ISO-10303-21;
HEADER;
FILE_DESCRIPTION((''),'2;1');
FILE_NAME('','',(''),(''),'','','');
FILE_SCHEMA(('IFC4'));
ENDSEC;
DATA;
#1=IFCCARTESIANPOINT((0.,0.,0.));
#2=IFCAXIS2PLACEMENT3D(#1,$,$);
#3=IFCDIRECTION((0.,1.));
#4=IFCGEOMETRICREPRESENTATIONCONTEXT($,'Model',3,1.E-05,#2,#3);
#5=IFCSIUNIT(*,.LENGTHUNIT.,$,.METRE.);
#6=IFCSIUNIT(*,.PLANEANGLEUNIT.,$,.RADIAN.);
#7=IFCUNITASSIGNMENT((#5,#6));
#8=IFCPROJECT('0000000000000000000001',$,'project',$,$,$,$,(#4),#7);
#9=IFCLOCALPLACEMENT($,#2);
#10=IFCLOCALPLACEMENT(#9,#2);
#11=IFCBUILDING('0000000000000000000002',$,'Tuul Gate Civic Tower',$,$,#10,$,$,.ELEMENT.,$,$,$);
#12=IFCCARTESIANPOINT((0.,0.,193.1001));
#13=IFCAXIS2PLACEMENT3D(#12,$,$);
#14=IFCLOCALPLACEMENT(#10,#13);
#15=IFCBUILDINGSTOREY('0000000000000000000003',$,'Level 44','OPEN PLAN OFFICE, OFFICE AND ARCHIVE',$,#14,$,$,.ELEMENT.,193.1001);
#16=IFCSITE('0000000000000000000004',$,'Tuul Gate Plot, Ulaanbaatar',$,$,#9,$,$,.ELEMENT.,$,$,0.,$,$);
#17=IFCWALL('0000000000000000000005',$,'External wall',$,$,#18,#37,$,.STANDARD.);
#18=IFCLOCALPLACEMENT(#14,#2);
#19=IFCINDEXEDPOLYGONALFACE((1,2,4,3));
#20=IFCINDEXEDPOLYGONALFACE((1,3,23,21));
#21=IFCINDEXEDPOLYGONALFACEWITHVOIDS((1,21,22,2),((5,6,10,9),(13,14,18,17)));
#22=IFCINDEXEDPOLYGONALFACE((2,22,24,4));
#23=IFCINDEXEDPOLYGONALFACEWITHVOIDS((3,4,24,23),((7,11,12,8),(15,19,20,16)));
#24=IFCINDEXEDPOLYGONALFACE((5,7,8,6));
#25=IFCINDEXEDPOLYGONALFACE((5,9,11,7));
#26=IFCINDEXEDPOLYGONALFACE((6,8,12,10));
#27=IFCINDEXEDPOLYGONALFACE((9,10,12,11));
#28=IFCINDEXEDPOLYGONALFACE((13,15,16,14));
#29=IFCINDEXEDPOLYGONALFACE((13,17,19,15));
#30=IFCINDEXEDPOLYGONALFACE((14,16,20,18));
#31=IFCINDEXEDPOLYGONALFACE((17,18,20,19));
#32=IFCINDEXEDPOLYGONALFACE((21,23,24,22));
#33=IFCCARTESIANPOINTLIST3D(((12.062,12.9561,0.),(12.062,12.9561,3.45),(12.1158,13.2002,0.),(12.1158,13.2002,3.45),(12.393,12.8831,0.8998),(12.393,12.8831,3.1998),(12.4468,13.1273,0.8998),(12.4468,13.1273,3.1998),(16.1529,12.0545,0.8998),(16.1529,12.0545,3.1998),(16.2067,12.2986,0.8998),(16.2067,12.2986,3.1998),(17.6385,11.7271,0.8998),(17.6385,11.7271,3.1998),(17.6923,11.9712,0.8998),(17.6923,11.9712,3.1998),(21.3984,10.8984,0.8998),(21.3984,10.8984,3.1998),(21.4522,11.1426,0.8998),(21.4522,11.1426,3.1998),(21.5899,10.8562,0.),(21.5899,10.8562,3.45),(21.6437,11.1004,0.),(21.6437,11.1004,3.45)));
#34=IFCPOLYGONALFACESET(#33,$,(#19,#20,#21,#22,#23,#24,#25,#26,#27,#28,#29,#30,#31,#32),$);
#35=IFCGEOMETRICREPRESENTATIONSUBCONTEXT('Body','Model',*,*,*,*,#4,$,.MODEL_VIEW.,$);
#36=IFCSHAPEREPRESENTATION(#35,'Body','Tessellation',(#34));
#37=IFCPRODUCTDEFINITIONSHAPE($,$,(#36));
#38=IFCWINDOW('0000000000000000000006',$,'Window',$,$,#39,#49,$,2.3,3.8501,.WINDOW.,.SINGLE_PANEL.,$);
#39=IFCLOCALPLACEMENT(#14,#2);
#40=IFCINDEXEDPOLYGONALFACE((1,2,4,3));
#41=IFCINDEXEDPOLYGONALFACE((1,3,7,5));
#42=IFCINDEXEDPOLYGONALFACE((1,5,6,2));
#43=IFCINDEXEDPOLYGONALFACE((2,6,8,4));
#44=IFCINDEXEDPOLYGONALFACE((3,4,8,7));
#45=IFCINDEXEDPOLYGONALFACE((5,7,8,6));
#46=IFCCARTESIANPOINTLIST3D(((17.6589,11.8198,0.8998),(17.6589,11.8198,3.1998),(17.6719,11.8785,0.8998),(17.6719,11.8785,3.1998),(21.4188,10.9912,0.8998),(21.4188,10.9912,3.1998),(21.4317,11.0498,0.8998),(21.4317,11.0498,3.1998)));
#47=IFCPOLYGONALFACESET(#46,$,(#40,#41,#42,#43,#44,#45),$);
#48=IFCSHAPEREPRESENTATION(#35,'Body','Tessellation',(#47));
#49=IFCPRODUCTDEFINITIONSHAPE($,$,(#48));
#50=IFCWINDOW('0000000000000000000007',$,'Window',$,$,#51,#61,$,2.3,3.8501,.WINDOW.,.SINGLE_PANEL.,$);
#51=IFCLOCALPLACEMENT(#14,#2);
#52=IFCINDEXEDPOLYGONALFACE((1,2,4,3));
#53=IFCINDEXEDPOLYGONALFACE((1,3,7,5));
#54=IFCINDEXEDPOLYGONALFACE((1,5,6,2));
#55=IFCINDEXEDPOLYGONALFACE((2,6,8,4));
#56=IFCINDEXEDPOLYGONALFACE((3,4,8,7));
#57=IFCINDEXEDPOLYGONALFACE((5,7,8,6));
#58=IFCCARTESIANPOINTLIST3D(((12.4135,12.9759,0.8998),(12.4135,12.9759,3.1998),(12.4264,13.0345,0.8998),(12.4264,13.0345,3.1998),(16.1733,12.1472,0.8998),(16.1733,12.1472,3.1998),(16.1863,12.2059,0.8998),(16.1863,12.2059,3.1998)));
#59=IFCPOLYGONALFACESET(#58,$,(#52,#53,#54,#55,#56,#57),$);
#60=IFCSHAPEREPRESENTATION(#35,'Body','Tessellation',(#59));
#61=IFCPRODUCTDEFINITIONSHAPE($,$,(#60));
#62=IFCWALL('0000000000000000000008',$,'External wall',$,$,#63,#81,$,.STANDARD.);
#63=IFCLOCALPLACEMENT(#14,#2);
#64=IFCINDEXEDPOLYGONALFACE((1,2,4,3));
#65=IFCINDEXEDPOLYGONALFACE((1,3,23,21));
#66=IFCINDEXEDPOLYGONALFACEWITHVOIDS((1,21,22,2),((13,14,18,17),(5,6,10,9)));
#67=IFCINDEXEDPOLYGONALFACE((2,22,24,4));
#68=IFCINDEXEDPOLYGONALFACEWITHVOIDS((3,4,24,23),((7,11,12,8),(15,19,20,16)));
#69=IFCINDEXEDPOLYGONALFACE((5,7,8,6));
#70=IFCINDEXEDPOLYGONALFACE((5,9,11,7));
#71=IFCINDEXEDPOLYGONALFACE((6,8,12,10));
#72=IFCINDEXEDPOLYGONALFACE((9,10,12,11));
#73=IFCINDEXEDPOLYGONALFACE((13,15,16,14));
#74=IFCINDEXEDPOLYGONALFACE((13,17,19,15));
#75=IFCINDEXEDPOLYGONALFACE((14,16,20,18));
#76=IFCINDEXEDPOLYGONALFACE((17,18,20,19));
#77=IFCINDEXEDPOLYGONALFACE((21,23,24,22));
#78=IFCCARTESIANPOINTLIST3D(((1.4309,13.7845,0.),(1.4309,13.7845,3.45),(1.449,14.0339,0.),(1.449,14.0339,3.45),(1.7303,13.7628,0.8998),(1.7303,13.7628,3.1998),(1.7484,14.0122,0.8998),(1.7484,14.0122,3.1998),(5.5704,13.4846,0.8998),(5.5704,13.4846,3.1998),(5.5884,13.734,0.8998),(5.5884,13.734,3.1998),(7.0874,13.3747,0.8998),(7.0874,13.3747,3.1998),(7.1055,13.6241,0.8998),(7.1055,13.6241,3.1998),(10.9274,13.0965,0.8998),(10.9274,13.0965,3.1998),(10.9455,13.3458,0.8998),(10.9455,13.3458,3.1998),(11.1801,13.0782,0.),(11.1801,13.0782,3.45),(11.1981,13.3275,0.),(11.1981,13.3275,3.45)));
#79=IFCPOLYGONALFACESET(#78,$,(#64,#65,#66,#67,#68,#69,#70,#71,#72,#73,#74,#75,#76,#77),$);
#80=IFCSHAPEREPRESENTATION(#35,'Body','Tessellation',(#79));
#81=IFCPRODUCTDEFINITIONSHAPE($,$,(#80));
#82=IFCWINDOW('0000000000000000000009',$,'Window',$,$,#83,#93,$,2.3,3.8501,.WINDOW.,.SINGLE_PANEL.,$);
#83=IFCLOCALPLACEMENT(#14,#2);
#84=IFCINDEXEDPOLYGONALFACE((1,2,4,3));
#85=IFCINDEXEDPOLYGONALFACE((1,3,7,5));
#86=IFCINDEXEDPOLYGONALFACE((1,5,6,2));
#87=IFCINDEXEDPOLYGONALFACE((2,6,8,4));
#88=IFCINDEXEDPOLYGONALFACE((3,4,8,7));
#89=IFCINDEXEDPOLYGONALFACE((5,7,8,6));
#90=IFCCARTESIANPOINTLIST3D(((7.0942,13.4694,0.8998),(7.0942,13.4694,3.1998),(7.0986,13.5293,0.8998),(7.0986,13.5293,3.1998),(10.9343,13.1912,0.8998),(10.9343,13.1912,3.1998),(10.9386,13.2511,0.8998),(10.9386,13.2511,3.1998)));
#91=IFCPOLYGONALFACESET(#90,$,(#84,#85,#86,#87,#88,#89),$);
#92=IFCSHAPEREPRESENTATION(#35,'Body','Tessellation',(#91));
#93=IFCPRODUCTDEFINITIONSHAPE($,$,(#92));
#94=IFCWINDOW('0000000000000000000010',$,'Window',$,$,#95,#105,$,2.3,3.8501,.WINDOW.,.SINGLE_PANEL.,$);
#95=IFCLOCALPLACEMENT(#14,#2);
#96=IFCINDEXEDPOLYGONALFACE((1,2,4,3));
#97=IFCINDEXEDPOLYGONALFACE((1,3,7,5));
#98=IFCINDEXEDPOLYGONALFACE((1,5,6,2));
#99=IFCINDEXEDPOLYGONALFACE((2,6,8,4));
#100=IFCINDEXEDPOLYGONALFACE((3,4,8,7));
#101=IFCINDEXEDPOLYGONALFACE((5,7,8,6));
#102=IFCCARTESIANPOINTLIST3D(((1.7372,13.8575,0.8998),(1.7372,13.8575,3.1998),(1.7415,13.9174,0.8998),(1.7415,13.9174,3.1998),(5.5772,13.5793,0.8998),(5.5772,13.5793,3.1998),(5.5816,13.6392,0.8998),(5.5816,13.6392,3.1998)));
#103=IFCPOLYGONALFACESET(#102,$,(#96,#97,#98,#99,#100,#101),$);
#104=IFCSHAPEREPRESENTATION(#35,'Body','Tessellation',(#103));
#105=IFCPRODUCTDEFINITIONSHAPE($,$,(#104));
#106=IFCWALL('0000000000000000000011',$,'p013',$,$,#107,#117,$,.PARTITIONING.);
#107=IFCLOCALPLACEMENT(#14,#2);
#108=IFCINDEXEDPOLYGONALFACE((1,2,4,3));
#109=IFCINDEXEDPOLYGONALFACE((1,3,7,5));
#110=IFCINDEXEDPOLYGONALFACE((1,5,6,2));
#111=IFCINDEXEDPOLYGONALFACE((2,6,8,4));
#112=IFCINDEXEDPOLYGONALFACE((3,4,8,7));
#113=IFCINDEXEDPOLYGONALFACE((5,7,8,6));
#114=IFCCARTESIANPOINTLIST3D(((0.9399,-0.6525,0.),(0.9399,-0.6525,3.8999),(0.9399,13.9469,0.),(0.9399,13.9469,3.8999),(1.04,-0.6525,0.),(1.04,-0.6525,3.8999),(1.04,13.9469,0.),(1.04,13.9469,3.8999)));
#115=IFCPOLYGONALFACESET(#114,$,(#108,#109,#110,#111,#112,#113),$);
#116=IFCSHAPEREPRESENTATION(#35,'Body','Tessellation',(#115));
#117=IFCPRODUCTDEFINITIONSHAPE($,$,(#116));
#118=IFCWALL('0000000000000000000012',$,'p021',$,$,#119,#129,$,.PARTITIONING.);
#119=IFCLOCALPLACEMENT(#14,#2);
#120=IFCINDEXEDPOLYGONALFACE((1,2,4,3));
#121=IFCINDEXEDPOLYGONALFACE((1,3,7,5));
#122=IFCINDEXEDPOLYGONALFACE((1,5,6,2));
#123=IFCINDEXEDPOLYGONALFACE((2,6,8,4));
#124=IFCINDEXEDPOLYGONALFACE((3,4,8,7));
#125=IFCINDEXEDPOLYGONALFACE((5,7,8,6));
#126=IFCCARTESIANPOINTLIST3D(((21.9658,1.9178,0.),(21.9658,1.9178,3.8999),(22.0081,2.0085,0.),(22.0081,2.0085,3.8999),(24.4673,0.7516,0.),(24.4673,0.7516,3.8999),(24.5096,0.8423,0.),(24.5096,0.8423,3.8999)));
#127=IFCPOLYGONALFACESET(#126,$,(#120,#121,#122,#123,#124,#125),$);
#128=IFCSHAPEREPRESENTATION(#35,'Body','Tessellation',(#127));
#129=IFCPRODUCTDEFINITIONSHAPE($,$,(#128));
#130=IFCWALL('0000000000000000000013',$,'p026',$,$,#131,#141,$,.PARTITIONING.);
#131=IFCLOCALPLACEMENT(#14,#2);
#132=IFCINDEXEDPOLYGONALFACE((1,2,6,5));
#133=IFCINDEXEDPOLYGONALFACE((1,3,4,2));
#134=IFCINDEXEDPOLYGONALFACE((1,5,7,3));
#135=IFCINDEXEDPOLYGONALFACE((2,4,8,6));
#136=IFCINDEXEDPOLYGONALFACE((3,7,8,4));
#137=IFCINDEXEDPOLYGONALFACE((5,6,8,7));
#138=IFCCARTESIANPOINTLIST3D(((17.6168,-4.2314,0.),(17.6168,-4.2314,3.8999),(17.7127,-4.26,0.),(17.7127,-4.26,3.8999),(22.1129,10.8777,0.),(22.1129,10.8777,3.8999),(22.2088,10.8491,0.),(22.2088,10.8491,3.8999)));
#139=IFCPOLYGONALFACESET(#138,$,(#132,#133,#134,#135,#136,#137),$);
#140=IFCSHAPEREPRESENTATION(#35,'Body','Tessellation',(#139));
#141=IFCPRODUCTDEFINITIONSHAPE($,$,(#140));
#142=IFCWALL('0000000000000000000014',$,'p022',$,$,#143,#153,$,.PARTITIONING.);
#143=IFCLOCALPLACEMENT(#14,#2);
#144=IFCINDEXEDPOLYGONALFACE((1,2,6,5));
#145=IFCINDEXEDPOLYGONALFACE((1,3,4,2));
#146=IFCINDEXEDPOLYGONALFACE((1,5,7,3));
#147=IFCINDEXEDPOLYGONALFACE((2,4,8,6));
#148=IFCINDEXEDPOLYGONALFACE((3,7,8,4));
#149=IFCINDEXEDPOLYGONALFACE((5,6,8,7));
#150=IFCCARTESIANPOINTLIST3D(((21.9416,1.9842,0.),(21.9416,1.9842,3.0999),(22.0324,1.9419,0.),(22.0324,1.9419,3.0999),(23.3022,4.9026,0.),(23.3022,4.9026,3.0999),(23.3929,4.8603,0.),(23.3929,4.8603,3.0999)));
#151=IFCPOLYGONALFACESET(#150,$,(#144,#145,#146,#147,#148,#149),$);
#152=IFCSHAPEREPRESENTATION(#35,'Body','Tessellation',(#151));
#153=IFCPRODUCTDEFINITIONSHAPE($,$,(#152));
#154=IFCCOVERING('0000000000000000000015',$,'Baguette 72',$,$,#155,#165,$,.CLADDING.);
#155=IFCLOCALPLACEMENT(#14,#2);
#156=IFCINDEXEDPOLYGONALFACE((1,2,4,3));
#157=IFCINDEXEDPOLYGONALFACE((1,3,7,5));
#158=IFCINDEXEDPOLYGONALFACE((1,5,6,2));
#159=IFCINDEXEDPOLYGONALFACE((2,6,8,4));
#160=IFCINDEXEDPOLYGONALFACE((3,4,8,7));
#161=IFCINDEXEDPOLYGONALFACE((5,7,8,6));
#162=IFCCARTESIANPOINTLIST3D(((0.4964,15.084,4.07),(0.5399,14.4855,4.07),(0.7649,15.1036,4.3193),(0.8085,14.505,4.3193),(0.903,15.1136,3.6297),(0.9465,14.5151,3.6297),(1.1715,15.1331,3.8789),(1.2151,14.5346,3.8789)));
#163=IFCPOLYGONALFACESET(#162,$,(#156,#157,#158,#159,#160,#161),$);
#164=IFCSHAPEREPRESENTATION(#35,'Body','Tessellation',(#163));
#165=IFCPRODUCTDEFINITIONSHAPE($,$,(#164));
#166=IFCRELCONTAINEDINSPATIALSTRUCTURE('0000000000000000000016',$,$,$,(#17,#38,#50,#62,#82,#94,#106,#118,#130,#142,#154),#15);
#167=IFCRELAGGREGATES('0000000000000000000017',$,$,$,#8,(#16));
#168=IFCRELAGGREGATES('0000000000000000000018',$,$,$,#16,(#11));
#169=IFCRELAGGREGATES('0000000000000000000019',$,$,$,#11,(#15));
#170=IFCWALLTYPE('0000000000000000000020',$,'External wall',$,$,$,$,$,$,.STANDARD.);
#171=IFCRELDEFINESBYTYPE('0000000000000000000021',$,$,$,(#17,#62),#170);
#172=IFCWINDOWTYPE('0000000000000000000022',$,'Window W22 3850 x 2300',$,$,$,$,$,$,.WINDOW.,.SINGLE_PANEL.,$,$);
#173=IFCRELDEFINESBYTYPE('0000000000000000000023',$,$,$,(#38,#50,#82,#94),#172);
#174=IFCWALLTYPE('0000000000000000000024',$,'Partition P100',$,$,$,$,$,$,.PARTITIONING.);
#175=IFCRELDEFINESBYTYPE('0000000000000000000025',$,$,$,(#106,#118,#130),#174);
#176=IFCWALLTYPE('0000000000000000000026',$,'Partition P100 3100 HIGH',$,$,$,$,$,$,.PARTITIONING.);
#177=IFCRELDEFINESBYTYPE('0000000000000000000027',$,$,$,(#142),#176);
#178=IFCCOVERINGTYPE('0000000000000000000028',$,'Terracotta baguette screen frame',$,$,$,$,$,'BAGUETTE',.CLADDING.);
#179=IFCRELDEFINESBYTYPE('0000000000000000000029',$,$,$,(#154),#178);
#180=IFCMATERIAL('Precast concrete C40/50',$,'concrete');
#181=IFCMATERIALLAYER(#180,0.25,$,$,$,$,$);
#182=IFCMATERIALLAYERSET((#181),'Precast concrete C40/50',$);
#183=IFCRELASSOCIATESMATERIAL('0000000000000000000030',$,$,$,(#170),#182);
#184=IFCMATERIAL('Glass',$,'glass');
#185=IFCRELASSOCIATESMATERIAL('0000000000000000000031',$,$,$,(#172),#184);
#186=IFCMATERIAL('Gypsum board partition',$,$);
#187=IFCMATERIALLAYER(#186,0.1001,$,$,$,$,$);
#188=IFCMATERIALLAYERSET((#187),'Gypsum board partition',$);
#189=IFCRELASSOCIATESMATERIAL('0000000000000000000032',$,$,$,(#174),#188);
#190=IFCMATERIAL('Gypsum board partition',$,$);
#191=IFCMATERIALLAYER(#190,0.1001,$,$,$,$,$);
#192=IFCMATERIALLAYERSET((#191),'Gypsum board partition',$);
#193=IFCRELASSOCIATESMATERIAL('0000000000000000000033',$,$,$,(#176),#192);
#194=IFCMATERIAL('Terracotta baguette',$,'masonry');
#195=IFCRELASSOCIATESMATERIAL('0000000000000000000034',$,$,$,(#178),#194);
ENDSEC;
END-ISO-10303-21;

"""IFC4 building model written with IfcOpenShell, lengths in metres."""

from ifc_helpers import new_model, si_unit, direction, frame, frame_2d, origin, origin_2d, place, context, subcontext, project, spatial, rectangle, extrude, material, layer, layer_set, material_profile, profile_set, type_object, element, fill, save


model = new_model("IFC4")

# Units and contexts
model_context = context("Model", 3, precision=1e-05, world=origin(), true_north=direction((0.0, 1.0)))
body_context = subcontext(model_context, "Body", "Model", "MODEL_VIEW")
ifc_project = project(units=[si_unit("LENGTHUNIT", "METRE"), si_unit("PLANEANGLEUNIT", "RADIAN")], contexts=[model_context])

# Site, building, storey
site_placement = place(None, origin())
site = spatial("IfcSite", under=ifc_project, at=site_placement, Name="Tuul Gate Plot, Ulaanbaatar", CompositionType="ELEMENT", RefElevation=0.0)
building_placement = place(site_placement, origin())
building = spatial("IfcBuilding", under=site, at=building_placement, Name="Tuul Gate Civic Tower", CompositionType="ELEMENT")
storey_placement = place(building_placement, frame((0.0, 0.0, 193.1001)))
storey = spatial("IfcBuildingStorey", under=building, at=storey_placement, Name="Level 44", Description="OPEN PLAN OFFICE, OFFICE AND ARCHIVE", CompositionType="ELEMENT", Elevation=193.1001)

# Walls, openings, windows
ifc_material_1 = material(Name="Precast concrete C40/50", Category="concrete")
ifc_layer_1 = layer(ifc_material_1, 0.25)
ifc_layer_set_1 = layer_set([ifc_layer_1], Name="Precast concrete C40/50")
wall_type_1 = type_object("IfcWallType", Name="External wall", PredefinedType="STANDARD", material=ifc_layer_set_1)
wall_1_placement = place(storey_placement, frame((21.6169, 10.9783, 0.0), z_axis=(0.0, 0.0, 1.0), x_axis=(-0.976564, 0.215226, 0.0)))
wall_1 = element("IfcWall", 1, at=wall_1_placement, inside=storey, type_object=wall_type_1, Name="External wall", PredefinedType="STANDARD", context=body_context, shape_type="SweptSolid", body=[
    extrude(rectangle(XDim=9.7566, YDim=0.25, at=frame_2d((4.8784, 0.0))), origin(), (0.0, 0.0, 1.0), 3.45),
])
opening_1_placement = place(wall_1_placement, frame((0.1963, 0.0, 0.8999)))
opening_1 = element("IfcOpeningElement", 2, at=opening_1_placement, cuts=wall_1, PredefinedType="OPENING", context=body_context, shape_type="SweptSolid", body=[
    extrude(rectangle(XDim=3.8501, YDim=2.3, at=frame_2d((1.925, 1.1499))), frame((0.0, 0.135, 0.0), z_axis=(0.0, -1.0, 0.0), x_axis=(1.0, 0.0, 0.0)), (0.0, 0.0, 1.0), 0.27),
])
opening_2_placement = place(wall_1_placement, frame((5.5676, 0.0, 0.8999)))
opening_2 = element("IfcOpeningElement", 3, at=opening_2_placement, cuts=wall_1, PredefinedType="OPENING", context=body_context, shape_type="SweptSolid", body=[
    extrude(rectangle(XDim=3.8501, YDim=2.3, at=frame_2d((1.925, 1.1499))), frame((0.0, 0.135, 0.0), z_axis=(0.0, -1.0, 0.0), x_axis=(1.0, 0.0, 0.0)), (0.0, 0.0, 1.0), 0.27),
])
ifc_material_2 = material(Name="Glass", Category="glass")
window_type = type_object("IfcWindowType", Name="Window W22 3850 x 2300", PartitioningType="SINGLE_PANEL", PredefinedType="WINDOW", material=ifc_material_2)
window_1_placement = place(opening_1_placement, origin())
window_1 = element("IfcWindow", 4, at=window_1_placement, inside=storey, type_object=window_type, Name="Window", OverallHeight=2.3, OverallWidth=3.8501, PartitioningType="SINGLE_PANEL", PredefinedType="WINDOW", context=body_context, shape_type="SweptSolid", body=[
    extrude(rectangle(XDim=3.8501, YDim=2.3, at=frame_2d((1.925, 1.1499))), frame((0.0, 0.03, 0.0), z_axis=(0.0, -1.0, 0.0), x_axis=(1.0, 0.0, 0.0)), (0.0, 0.0, 1.0), 0.0601),
])
fill(opening_1, window_1)
window_2_placement = place(opening_2_placement, origin())
window_2 = element("IfcWindow", 5, at=window_2_placement, inside=storey, type_object=window_type, Name="Window", OverallHeight=2.3, OverallWidth=3.8501, PartitioningType="SINGLE_PANEL", PredefinedType="WINDOW", context=body_context, shape_type="SweptSolid", body=[
    extrude(rectangle(XDim=3.8501, YDim=2.3, at=frame_2d((1.925, 1.1499))), frame((0.0, 0.03, 0.0), z_axis=(0.0, -1.0, 0.0), x_axis=(1.0, 0.0, 0.0)), (0.0, 0.0, 1.0), 0.0601),
])
fill(opening_2, window_2)
wall_2_placement = place(storey_placement, frame((11.189, 13.2029, 0.0), z_axis=(0.0, 0.0, 1.0), x_axis=(-0.997386, 0.072259, 0.0)))
wall_2 = element("IfcWall", 6, at=wall_2_placement, inside=storey, type_object=wall_type_1, Name="External wall", PredefinedType="STANDARD", context=body_context, shape_type="SweptSolid", body=[
    extrude(rectangle(XDim=9.7747, YDim=0.25, at=frame_2d((4.8872, 0.0))), origin(), (0.0, 0.0, 1.0), 3.45),
])
opening_3_placement = place(wall_2_placement, frame((0.2532, 0.0, 0.8999)))
opening_3 = element("IfcOpeningElement", 7, at=opening_3_placement, cuts=wall_2, PredefinedType="OPENING", context=body_context, shape_type="SweptSolid", body=[
    extrude(rectangle(XDim=3.8501, YDim=2.3, at=frame_2d((1.925, 1.1499))), frame((0.0, 0.135, 0.0), z_axis=(0.0, -1.0, 0.0), x_axis=(1.0, 0.0, 0.0)), (0.0, 0.0, 1.0), 0.27),
])
opening_4_placement = place(wall_2_placement, frame((5.6243, 0.0, 0.8999)))
opening_4 = element("IfcOpeningElement", 8, at=opening_4_placement, cuts=wall_2, PredefinedType="OPENING", context=body_context, shape_type="SweptSolid", body=[
    extrude(rectangle(XDim=3.8501, YDim=2.3, at=frame_2d((1.925, 1.1499))), frame((0.0, 0.135, 0.0), z_axis=(0.0, -1.0, 0.0), x_axis=(1.0, 0.0, 0.0)), (0.0, 0.0, 1.0), 0.27),
])
window_3_placement = place(opening_3_placement, origin())
window_3 = element("IfcWindow", 9, at=window_3_placement, inside=storey, type_object=window_type, Name="Window", OverallHeight=2.3, OverallWidth=3.8501, PartitioningType="SINGLE_PANEL", PredefinedType="WINDOW", context=body_context, shape_type="SweptSolid", body=[
    extrude(rectangle(XDim=3.8501, YDim=2.3, at=frame_2d((1.925, 1.1499))), frame((0.0, 0.03, 0.0), z_axis=(0.0, -1.0, 0.0), x_axis=(1.0, 0.0, 0.0)), (0.0, 0.0, 1.0), 0.0601),
])
fill(opening_3, window_3)
window_4_placement = place(opening_4_placement, origin())
window_4 = element("IfcWindow", 10, at=window_4_placement, inside=storey, type_object=window_type, Name="Window", OverallHeight=2.3, OverallWidth=3.8501, PartitioningType="SINGLE_PANEL", PredefinedType="WINDOW", context=body_context, shape_type="SweptSolid", body=[
    extrude(rectangle(XDim=3.8501, YDim=2.3, at=frame_2d((1.925, 1.1499))), frame((0.0, 0.03, 0.0), z_axis=(0.0, -1.0, 0.0), x_axis=(1.0, 0.0, 0.0)), (0.0, 0.0, 1.0), 0.0601),
])
fill(opening_4, window_4)

# Walls
ifc_material_3 = material(Name="Gypsum board partition")
ifc_layer_2 = layer(ifc_material_3, 0.1001)
ifc_layer_set_2 = layer_set([ifc_layer_2], Name="Gypsum board partition")
wall_type_2 = type_object("IfcWallType", Name="Partition P100", PredefinedType="PARTITIONING", material=ifc_layer_set_2)
wall_3_placement = place(storey_placement, frame((0.99, -0.6526, 0.0), z_axis=(0.0, 0.0, 1.0), x_axis=(0.0, 1.0, 0.0)))
element("IfcWall", 11, at=wall_3_placement, inside=storey, type_object=wall_type_2, Name="p013", PredefinedType="PARTITIONING", context=body_context, shape_type="SweptSolid", body=[
    extrude(rectangle(XDim=14.5994, YDim=0.1001, at=frame_2d((7.2998, 0.0))), origin(), (0.0, 0.0, 1.0), 3.8999),
])
wall_4_placement = place(storey_placement, frame((21.9871, 1.9631, 0.0), z_axis=(0.0, 0.0, 1.0), x_axis=(0.906334, -0.422561, 0.0)))
element("IfcWall", 12, at=wall_4_placement, inside=storey, type_object=wall_type_2, Name="p021", PredefinedType="PARTITIONING", context=body_context, shape_type="SweptSolid", body=[
    extrude(rectangle(XDim=2.76, YDim=0.1001, at=frame_2d((1.3799, 0.0))), origin(), (0.0, 0.0, 1.0), 3.8999),
])
wall_5_placement = place(storey_placement, frame((17.6648, -4.2456, 0.0), z_axis=(0.0, 0.0, 1.0), x_axis=(0.285214, 0.958464, 0.0)))
element("IfcWall", 13, at=wall_5_placement, inside=storey, type_object=wall_type_2, Name="p026", PredefinedType="PARTITIONING", context=body_context, shape_type="SweptSolid", body=[
    extrude(rectangle(XDim=15.7639, YDim=0.1001, at=frame_2d((7.8818, 0.0))), origin(), (0.0, 0.0, 1.0), 3.8999),
])
ifc_material_4 = material(Name="Gypsum board partition")
ifc_layer_3 = layer(ifc_material_4, 0.1001)
ifc_layer_set_3 = layer_set([ifc_layer_3], Name="Gypsum board partition")
wall_type_3 = type_object("IfcWallType", Name="Partition P100 3100 HIGH", PredefinedType="PARTITIONING", material=ifc_layer_set_3)
wall_6_placement = place(storey_placement, frame((21.9871, 1.9631, 0.0), z_axis=(0.0, 0.0, 1.0), x_axis=(0.422541, 0.906344, 0.0)))
element("IfcWall", 14, at=wall_6_placement, inside=storey, type_object=wall_type_3, Name="p022", PredefinedType="PARTITIONING", context=body_context, shape_type="SweptSolid", body=[
    extrude(rectangle(XDim=3.22, YDim=0.1001, at=frame_2d((1.6099, 0.0))), origin(), (0.0, 0.0, 1.0), 3.0999),
])

# Covering
ifc_material_5 = material(Name="Terracotta baguette", Category="masonry")
ifc_material_profile_1 = material_profile(ifc_material_5, rectangle(XDim=0.6001, YDim=0.6001, at=origin_2d()), Name="Terracotta baguette screen frame")
ifc_profile_set_1 = profile_set([ifc_material_profile_1], Name="Terracotta baguette")
covering_type = type_object("IfcCoveringType", Name="Terracotta baguette screen frame", ElementType="BAGUETTE", PredefinedType="CLADDING", material=ifc_profile_set_1)
covering_1_placement = place(storey_placement, frame((0.99, 14.8191, 4.0991), z_axis=(-0.731897, -0.053229, -0.679333), x_axis=(0.072536, -0.997366, 0.0)))
element("IfcCovering", 15, at=covering_1_placement, inside=storey, type_object=covering_type, Name="Baguette 72", PredefinedType="CLADDING", context=body_context, shape_type="SweptSolid", body=[
    extrude(rectangle(XDim=0.6001, YDim=0.6001, at=origin_2d()), origin(), (0.0, 0.0, 1.0), 0.3669),
])

save(model, "model.ifc")
